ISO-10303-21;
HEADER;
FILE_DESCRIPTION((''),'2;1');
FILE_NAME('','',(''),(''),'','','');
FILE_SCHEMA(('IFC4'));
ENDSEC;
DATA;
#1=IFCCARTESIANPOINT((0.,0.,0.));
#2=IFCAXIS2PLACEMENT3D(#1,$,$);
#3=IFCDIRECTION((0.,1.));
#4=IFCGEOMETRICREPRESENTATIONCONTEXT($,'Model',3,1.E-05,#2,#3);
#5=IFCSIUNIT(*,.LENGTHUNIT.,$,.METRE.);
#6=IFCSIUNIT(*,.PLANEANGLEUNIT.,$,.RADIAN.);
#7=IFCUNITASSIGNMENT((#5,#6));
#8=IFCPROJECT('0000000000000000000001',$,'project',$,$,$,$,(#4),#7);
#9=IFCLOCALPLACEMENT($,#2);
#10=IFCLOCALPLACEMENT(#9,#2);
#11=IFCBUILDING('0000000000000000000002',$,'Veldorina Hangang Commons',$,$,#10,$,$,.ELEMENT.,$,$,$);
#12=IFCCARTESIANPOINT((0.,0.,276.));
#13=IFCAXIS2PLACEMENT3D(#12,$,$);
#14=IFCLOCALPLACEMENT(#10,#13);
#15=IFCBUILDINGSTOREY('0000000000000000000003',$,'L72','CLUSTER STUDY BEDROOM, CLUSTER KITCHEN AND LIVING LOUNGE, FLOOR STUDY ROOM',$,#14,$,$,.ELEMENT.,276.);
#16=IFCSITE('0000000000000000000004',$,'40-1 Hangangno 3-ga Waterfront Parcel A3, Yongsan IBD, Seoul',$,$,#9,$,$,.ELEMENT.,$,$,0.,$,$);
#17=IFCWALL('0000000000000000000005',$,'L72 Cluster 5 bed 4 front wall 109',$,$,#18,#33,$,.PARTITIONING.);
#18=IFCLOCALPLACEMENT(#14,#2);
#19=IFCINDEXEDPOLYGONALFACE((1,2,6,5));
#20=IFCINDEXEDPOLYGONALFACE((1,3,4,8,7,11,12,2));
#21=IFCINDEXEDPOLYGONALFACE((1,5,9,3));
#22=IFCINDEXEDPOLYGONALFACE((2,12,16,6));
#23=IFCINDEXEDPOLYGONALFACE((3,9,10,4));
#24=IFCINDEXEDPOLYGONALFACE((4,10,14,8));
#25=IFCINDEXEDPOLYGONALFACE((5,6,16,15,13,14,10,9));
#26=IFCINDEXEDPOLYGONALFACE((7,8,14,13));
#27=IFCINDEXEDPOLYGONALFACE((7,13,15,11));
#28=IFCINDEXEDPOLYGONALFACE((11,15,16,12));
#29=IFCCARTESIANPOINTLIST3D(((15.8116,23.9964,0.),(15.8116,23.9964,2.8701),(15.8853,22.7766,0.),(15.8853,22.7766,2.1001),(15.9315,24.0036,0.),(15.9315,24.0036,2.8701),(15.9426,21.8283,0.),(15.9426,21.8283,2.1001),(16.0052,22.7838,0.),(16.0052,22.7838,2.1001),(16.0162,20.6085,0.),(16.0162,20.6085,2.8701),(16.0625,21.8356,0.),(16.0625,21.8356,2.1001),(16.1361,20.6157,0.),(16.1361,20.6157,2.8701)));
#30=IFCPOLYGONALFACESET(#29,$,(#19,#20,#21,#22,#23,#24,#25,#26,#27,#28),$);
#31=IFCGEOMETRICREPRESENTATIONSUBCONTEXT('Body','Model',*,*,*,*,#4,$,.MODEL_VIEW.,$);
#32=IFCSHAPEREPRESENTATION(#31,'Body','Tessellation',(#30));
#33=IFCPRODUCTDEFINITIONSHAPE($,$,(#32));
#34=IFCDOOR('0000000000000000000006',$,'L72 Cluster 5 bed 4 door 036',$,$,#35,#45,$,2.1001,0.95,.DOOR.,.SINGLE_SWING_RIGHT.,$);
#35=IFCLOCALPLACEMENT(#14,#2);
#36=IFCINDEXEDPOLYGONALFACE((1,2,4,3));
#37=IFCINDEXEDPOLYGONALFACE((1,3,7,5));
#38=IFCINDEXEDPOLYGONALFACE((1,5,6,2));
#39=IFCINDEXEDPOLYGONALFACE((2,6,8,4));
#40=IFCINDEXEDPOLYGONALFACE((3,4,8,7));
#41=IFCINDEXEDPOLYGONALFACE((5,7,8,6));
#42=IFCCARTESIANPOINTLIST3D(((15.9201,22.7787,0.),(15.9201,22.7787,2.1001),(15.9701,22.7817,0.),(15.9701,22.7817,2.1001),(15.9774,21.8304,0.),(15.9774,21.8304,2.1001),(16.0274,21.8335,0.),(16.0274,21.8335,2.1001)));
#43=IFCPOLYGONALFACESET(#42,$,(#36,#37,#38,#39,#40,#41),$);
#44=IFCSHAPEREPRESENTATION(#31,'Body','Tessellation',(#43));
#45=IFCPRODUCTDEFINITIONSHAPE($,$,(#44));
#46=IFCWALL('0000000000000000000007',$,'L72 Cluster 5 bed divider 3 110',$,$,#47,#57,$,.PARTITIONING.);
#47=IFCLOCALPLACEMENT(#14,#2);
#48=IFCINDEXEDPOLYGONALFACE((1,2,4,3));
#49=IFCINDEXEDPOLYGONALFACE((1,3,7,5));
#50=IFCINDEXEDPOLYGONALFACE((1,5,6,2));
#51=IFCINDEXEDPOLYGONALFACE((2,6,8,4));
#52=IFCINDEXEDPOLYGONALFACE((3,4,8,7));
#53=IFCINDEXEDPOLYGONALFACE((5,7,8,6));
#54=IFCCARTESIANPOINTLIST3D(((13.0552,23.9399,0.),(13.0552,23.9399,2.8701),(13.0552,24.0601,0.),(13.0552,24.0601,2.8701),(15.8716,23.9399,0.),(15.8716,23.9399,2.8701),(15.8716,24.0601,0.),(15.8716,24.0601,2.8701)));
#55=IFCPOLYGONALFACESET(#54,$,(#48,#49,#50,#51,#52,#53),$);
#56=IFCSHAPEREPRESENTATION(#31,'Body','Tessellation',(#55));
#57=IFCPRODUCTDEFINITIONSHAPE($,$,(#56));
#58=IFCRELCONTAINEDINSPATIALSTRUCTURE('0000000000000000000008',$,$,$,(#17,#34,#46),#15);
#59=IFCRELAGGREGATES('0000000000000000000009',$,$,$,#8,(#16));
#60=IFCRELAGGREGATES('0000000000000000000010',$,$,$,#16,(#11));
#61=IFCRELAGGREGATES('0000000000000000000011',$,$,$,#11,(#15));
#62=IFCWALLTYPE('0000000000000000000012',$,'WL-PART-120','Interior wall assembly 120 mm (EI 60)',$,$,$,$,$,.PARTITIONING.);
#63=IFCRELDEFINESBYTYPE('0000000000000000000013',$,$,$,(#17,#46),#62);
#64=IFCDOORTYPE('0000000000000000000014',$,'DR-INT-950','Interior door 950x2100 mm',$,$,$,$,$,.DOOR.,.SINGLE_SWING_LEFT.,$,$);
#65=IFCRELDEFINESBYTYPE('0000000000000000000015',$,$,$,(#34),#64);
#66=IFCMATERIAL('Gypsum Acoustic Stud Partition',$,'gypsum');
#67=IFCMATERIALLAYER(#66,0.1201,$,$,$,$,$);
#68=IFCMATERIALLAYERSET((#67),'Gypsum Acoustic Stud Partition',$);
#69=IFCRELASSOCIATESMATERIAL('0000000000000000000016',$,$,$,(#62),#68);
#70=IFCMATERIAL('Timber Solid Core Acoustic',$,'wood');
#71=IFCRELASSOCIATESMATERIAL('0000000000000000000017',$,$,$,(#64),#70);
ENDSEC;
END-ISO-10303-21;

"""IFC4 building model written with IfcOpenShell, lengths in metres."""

from ifc_helpers import new_model, si_unit, direction, frame, frame_2d, origin, place, context, subcontext, project, spatial, rectangle, extrude, material, layer, layer_set, type_object, element, fill, save


model = new_model("IFC4")

# Units and contexts
model_context = context("Model", 3, precision=1e-05, world=origin(), true_north=direction((0.0, 1.0)))
body_context = subcontext(model_context, "Body", "Model", "MODEL_VIEW")
ifc_project = project(units=[si_unit("LENGTHUNIT", "METRE"), si_unit("PLANEANGLEUNIT", "RADIAN")], contexts=[model_context])

# Site, building, storey
site_placement = place(None, origin())
site = spatial("IfcSite", under=ifc_project, at=site_placement, Name="40-1 Hangangno 3-ga Waterfront Parcel A3, Yongsan IBD, Seoul", CompositionType="ELEMENT", RefElevation=0.0)
building_placement = place(site_placement, origin())
building = spatial("IfcBuilding", under=site, at=building_placement, Name="Veldorina Hangang Commons", CompositionType="ELEMENT")
storey_placement = place(building_placement, frame((0.0, 0.0, 276.0)))
storey = spatial("IfcBuildingStorey", under=building, at=storey_placement, Name="L72", Description="CLUSTER STUDY BEDROOM, CLUSTER KITCHEN AND LIVING LOUNGE, FLOOR STUDY ROOM", CompositionType="ELEMENT", Elevation=276.0)

# Shared definitions
ifc_material_1 = material(Name="Gypsum Acoustic Stud Partition", Category="gypsum")
ifc_layer_1 = layer(ifc_material_1, 0.1201)
ifc_layer_set_1 = layer_set([ifc_layer_1], Name="Gypsum Acoustic Stud Partition")
wall_type_1 = type_object("IfcWallType", Name="WL-PART-120", Description="Interior wall assembly 120 mm (EI 60)", PredefinedType="PARTITIONING", material=ifc_layer_set_1)
ifc_material_2 = material(Name="Timber Solid Core Acoustic", Category="wood")
door_type = type_object("IfcDoorType", Name="DR-INT-950", Description="Interior door 950x2100 mm", OperationType="SINGLE_SWING_LEFT", PredefinedType="DOOR", material=ifc_material_2)

# Wall, opening, door
wall_1_placement = place(storey_placement, frame((15.8716, 24.0, 0.0), z_axis=(0.0, 0.0, 1.0), x_axis=(0.060278, -0.998182, 0.0)))
wall_1 = element("IfcWall", 1, at=wall_1_placement, inside=storey, type_object=wall_type_1, Name="L72 Cluster 5 bed 4 front wall 109", PredefinedType="PARTITIONING", context=body_context, shape_type="SweptSolid", body=[
    extrude(rectangle(XDim=3.394, YDim=0.1201, at=frame_2d((1.697, 0.0))), origin(), (0.0, 0.0, 1.0), 2.8701),
])
opening_1_placement = place(wall_1_placement, frame((1.2219, 0.0, 0.0)))
opening_1 = element("IfcOpeningElement", 2, at=opening_1_placement, cuts=wall_1, PredefinedType="OPENING", context=body_context, shape_type="SweptSolid", body=[
    extrude(rectangle(XDim=0.95, YDim=2.1001, at=frame_2d((0.4751, 1.05))), frame((0.0, 0.0701, 0.0), z_axis=(0.0, -1.0, 0.0), x_axis=(1.0, 0.0, 0.0)), (0.0, 0.0, 1.0), 0.1401),
])
door_1_placement = place(opening_1_placement, origin())
door_1 = element("IfcDoor", 3, at=door_1_placement, inside=storey, type_object=door_type, Name="L72 Cluster 5 bed 4 door 036", OperationType="SINGLE_SWING_RIGHT", OverallHeight=2.1001, OverallWidth=0.95, PredefinedType="DOOR", context=body_context, shape_type="SweptSolid", body=[
    extrude(rectangle(XDim=0.95, YDim=2.1001, at=frame_2d((0.4751, 1.05))), frame((0.0, 0.0249, 0.0), z_axis=(0.0, -1.0, 0.0), x_axis=(1.0, 0.0, 0.0)), (0.0, 0.0, 1.0), 0.05),
])
fill(opening_1, door_1)

# Wall
wall_2_placement = place(storey_placement, frame((15.8716, 24.0, 0.0), z_axis=(0.0, 0.0, 1.0), x_axis=(-1.0, 0.0, 0.0)))
element("IfcWall", 4, at=wall_2_placement, inside=storey, type_object=wall_type_1, Name="L72 Cluster 5 bed divider 3 110", PredefinedType="PARTITIONING", context=body_context, shape_type="SweptSolid", body=[
    extrude(rectangle(XDim=2.8164, YDim=0.1201, at=frame_2d((1.4082, 0.0))), origin(), (0.0, 0.0, 1.0), 2.8701),
])

save(model, "model.ifc")
